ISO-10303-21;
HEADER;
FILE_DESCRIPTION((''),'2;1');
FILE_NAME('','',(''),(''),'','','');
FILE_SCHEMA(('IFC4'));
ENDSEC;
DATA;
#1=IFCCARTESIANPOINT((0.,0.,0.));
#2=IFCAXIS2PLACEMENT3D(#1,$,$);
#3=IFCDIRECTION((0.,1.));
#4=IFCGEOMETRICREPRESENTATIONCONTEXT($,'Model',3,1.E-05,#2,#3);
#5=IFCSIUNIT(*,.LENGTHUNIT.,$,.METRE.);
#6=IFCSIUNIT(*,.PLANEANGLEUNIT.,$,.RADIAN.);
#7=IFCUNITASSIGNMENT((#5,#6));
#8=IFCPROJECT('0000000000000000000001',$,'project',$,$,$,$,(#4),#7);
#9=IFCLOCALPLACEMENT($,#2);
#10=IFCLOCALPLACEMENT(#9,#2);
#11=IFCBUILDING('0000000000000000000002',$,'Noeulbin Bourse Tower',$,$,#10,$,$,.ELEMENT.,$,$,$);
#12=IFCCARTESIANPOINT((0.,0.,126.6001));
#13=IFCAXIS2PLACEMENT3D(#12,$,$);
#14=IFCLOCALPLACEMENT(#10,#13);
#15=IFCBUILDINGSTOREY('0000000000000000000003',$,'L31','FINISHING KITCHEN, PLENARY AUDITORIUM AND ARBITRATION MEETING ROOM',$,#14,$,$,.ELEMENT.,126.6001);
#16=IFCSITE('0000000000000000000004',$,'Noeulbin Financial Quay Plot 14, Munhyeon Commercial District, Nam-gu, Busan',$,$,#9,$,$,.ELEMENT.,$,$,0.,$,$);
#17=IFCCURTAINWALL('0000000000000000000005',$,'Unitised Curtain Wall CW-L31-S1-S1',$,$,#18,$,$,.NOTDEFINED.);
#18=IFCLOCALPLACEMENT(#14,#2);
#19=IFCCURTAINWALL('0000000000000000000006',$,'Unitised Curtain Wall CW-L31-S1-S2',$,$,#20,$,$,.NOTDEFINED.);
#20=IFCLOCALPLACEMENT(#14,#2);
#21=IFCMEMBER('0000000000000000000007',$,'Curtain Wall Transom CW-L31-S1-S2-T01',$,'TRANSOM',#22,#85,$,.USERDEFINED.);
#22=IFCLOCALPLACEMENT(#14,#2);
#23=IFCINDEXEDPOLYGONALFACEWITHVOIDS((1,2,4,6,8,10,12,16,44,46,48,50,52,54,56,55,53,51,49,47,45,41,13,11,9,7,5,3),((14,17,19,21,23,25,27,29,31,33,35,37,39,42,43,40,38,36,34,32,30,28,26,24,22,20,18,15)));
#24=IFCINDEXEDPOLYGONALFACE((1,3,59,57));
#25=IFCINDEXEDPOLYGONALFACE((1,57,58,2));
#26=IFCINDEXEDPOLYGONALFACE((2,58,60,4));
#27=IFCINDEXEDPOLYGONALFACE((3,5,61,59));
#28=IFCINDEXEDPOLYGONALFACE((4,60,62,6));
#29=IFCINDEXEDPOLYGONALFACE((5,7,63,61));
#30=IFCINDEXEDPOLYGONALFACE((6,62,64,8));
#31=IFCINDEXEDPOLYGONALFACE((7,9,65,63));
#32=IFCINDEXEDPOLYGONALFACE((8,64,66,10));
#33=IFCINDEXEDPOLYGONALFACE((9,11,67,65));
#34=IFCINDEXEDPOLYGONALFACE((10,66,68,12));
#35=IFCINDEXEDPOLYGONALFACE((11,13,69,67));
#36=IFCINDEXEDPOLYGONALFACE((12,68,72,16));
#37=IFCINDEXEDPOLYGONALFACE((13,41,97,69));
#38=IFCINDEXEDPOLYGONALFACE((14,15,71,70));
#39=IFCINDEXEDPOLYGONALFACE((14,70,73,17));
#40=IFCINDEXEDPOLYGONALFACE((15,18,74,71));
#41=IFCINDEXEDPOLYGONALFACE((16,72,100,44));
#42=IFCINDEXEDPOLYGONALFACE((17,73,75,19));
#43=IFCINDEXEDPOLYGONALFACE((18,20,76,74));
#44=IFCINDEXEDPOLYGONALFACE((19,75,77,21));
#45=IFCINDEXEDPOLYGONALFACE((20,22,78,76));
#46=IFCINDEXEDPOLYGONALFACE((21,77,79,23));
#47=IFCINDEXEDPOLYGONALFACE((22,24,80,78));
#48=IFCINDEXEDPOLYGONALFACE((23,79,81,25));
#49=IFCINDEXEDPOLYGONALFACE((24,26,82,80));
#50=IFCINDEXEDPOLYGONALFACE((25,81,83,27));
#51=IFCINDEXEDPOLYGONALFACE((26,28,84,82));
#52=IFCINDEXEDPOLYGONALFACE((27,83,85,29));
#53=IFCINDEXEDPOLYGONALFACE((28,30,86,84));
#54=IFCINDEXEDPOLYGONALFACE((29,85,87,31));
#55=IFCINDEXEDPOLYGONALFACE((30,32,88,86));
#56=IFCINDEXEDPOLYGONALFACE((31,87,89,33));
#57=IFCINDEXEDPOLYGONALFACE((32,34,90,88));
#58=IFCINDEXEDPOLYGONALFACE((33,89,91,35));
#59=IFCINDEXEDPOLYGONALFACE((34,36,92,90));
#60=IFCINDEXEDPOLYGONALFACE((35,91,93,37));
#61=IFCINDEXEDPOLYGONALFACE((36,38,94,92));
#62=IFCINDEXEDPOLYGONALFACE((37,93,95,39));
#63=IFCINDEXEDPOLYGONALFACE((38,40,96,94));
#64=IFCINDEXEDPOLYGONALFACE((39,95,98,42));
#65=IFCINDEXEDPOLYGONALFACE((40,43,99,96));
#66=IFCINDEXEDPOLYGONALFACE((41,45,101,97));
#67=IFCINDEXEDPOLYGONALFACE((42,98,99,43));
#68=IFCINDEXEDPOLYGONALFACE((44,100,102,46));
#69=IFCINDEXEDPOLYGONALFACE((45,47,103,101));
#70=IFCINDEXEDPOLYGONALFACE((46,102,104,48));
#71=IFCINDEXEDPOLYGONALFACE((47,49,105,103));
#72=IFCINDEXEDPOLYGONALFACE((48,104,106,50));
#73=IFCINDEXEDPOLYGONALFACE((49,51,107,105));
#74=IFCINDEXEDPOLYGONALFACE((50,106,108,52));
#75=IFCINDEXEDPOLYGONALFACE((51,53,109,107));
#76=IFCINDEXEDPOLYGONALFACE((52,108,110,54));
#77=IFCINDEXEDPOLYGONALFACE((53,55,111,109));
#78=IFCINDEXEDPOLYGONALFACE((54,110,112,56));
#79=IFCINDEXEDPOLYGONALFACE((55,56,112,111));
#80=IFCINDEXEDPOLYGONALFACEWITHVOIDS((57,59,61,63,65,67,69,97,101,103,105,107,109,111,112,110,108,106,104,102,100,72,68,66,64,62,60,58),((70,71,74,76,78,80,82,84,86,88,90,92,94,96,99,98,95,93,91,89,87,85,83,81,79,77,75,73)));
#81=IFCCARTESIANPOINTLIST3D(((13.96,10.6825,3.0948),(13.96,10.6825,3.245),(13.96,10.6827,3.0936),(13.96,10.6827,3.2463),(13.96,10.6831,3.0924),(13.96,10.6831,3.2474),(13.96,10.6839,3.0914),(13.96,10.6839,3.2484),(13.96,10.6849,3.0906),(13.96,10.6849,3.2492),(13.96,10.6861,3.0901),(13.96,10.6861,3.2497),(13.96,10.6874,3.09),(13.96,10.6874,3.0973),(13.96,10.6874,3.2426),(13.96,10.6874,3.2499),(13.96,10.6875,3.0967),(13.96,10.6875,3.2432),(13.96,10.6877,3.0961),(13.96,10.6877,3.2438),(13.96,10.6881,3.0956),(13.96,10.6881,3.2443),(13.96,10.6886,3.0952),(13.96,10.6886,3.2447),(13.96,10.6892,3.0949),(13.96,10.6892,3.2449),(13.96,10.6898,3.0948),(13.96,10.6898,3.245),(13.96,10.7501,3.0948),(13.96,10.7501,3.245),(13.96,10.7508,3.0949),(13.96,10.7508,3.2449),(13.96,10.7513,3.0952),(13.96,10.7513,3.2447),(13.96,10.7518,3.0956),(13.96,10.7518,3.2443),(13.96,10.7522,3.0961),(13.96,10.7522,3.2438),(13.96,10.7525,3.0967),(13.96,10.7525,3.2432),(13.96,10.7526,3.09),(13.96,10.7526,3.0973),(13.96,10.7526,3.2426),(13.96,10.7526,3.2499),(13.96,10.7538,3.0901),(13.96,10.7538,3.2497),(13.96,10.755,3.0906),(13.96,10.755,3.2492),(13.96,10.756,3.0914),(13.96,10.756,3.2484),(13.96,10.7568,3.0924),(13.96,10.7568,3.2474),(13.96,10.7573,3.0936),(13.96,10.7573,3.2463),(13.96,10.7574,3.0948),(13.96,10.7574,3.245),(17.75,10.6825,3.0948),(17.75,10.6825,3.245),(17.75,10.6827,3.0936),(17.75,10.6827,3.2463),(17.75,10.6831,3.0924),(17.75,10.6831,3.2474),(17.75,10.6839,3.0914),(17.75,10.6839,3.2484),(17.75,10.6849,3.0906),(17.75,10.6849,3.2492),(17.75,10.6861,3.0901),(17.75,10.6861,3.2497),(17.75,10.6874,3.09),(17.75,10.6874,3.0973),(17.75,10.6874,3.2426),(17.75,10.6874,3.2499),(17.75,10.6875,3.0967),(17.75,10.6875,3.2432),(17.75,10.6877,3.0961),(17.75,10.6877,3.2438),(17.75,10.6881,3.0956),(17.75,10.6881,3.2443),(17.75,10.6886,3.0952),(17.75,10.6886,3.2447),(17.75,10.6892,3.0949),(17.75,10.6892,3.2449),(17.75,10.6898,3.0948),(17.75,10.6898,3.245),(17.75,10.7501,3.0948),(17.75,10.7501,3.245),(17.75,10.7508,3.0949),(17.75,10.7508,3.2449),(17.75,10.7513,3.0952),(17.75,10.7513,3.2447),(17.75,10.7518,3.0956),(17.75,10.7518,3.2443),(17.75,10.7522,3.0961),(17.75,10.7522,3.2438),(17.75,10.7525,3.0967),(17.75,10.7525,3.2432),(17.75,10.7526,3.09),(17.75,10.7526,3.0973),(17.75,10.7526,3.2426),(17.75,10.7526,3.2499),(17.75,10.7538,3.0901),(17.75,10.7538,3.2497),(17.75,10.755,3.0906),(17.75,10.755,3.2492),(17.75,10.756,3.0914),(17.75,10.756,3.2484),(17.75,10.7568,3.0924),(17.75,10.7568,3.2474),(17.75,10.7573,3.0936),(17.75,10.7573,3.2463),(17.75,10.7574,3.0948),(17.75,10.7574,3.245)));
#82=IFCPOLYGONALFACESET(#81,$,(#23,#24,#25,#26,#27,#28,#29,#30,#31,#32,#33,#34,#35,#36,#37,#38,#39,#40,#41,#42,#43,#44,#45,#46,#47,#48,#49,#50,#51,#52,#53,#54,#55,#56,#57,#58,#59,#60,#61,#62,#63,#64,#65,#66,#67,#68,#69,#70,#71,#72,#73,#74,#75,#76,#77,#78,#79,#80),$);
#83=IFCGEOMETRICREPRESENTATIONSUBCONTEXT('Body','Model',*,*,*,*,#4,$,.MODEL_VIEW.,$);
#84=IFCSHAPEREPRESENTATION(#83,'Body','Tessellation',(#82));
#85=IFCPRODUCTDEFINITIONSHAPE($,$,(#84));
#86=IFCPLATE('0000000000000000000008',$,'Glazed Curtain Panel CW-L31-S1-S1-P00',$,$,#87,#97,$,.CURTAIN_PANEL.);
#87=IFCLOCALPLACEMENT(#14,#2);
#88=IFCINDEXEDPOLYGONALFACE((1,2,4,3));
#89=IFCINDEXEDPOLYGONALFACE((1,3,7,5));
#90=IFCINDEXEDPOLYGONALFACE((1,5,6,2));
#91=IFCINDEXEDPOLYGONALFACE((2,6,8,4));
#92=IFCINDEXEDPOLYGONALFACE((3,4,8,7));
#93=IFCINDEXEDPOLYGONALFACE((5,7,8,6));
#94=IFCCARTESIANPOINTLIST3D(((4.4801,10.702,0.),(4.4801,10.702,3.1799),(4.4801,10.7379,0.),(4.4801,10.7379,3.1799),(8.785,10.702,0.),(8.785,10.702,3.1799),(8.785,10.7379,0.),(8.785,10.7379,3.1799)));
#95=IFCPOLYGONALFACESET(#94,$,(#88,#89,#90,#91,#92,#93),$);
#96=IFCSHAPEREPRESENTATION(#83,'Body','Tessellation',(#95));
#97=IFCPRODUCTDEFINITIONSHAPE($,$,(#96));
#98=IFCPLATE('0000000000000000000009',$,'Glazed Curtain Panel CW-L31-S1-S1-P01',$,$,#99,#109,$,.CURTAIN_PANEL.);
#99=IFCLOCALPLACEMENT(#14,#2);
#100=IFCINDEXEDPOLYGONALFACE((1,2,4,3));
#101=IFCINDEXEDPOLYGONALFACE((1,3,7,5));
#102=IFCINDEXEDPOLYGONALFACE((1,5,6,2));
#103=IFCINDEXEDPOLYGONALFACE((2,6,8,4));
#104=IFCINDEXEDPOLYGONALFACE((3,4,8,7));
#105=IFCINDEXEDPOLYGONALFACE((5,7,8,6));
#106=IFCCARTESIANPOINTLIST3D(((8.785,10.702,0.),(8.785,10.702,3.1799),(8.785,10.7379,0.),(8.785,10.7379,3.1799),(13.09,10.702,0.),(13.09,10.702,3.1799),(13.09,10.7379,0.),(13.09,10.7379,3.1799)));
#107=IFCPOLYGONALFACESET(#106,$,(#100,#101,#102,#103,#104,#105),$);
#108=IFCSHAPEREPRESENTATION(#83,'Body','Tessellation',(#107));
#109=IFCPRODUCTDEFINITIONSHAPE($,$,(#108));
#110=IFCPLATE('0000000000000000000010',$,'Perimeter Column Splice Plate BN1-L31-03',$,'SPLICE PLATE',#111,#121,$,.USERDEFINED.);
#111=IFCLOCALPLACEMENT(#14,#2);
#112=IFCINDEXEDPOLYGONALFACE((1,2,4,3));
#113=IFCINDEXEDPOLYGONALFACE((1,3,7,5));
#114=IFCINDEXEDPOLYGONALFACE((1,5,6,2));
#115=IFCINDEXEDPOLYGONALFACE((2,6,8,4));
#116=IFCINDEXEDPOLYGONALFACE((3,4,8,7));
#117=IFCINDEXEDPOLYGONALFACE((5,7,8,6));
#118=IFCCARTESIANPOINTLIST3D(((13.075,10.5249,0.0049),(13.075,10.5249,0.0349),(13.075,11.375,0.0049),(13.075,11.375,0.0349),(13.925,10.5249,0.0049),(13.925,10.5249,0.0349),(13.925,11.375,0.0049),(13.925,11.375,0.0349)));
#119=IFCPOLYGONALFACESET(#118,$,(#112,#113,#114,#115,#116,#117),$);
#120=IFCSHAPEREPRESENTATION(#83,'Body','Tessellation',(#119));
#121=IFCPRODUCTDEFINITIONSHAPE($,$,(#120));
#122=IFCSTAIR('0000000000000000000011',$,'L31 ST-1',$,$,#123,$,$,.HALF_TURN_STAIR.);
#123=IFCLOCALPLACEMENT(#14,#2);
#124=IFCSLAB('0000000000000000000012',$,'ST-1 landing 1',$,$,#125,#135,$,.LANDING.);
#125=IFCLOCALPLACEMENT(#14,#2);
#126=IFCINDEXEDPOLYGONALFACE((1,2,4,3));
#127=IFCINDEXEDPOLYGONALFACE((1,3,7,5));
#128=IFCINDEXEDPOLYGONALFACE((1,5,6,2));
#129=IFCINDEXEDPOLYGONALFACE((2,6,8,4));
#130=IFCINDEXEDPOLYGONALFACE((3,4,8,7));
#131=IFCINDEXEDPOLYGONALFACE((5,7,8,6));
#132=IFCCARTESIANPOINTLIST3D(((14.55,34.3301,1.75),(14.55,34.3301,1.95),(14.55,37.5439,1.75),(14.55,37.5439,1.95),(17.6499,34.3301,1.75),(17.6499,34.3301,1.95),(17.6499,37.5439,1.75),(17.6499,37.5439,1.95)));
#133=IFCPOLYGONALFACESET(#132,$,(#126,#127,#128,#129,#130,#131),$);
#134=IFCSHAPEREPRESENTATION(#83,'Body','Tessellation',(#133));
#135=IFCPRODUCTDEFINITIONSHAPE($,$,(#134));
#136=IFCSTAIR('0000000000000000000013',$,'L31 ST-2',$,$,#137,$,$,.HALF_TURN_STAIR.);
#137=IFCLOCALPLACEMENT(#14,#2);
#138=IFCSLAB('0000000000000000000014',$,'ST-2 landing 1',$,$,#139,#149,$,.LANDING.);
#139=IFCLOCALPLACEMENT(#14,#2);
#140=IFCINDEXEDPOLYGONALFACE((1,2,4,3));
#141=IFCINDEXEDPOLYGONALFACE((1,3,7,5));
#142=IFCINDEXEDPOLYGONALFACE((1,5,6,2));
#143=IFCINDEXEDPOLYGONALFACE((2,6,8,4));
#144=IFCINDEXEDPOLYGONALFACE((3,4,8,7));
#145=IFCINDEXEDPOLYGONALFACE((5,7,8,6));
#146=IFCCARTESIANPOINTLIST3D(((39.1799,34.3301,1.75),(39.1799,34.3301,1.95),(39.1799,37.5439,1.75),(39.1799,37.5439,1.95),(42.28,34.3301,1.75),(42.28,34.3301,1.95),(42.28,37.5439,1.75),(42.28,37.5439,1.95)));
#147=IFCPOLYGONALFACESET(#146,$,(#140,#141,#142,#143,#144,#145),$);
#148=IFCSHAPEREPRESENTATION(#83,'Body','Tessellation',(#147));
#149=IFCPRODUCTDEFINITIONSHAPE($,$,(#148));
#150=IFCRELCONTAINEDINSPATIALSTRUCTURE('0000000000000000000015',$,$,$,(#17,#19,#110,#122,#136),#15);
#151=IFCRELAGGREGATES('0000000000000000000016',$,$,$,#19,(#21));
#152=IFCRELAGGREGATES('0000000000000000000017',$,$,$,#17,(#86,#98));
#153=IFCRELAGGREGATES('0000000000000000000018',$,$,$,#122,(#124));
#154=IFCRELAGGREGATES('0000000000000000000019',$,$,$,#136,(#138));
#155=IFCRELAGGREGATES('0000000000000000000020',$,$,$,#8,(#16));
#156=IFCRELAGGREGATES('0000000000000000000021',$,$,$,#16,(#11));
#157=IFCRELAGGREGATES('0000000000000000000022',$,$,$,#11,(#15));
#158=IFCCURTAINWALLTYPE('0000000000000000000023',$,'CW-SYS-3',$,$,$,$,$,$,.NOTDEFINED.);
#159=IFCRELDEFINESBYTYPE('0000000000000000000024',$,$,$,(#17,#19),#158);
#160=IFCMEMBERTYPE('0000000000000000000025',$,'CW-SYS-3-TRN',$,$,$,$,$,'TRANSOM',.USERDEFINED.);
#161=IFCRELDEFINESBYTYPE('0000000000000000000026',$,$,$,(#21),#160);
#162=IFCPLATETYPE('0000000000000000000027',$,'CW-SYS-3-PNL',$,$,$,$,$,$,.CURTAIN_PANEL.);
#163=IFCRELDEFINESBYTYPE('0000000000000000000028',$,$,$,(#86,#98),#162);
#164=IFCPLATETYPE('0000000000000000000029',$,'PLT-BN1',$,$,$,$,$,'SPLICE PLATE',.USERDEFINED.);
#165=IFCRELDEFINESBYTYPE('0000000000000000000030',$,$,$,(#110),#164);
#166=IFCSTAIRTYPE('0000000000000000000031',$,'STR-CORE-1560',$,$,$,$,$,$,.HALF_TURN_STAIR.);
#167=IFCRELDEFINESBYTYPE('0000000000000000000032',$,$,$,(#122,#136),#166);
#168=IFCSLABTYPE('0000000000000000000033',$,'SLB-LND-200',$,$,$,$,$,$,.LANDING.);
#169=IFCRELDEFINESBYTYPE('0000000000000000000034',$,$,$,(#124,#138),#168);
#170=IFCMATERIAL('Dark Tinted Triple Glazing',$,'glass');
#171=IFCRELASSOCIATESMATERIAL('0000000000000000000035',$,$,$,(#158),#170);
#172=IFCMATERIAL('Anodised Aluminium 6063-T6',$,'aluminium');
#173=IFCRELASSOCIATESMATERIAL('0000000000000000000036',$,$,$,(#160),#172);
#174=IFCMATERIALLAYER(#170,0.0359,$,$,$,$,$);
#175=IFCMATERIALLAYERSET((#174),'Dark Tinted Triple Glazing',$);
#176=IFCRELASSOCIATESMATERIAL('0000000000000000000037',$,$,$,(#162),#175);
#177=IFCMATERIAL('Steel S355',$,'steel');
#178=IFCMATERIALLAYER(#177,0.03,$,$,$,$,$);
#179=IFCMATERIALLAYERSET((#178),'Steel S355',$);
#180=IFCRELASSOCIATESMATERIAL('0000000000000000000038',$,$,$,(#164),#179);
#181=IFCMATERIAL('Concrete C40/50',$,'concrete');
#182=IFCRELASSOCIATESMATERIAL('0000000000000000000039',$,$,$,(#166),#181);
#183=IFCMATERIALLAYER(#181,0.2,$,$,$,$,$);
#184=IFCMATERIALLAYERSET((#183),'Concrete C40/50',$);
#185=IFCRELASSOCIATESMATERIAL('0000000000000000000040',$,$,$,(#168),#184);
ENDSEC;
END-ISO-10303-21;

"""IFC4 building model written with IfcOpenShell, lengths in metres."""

from ifc_helpers import new_model, si_unit, direction, frame, origin, origin_2d, place, context, subcontext, project, spatial, polyline, rectangle, hollow_rectangle, outline, extrude, material, layer, layer_set, material_profile, profile_set, type_object, element, aggregate, save


model = new_model("IFC4")

# Units and contexts
model_context = context("Model", 3, precision=1e-05, world=origin(), true_north=direction((0.0, 1.0)))
body_context = subcontext(model_context, "Body", "Model", "MODEL_VIEW")
ifc_project = project(units=[si_unit("LENGTHUNIT", "METRE"), si_unit("PLANEANGLEUNIT", "RADIAN")], contexts=[model_context])

# Site, building, storey
site_placement = place(None, origin())
site = spatial("IfcSite", under=ifc_project, at=site_placement, Name="Noeulbin Financial Quay Plot 14, Munhyeon Commercial District, Nam-gu, Busan", CompositionType="ELEMENT", RefElevation=0.0)
building_placement = place(site_placement, origin())
building = spatial("IfcBuilding", under=site, at=building_placement, Name="Noeulbin Bourse Tower", CompositionType="ELEMENT")
storey_placement = place(building_placement, frame((0.0, 0.0, 126.6001)))
storey = spatial("IfcBuildingStorey", under=building, at=storey_placement, Name="L31", Description="FINISHING KITCHEN, PLENARY AUDITORIUM AND ARBITRATION MEETING ROOM", CompositionType="ELEMENT", Elevation=126.6001)

# Shared definitions
ifc_material_1 = material(Name="Steel S355", Category="steel")

# Curtain wall
ifc_material_2 = material(Name="Dark Tinted Triple Glazing", Category="glass")
curtain_wall_type = type_object("IfcCurtainWallType", Name="CW-SYS-3", PredefinedType="NOTDEFINED", material=ifc_material_2)
curtain_wall_1_placement = place(storey_placement, origin())
curtain_wall_1 = element("IfcCurtainWall", 1, at=curtain_wall_1_placement, inside=storey, type_object=curtain_wall_type, Name="Unitised Curtain Wall CW-L31-S1-S1", PredefinedType="NOTDEFINED")
ifc_material_3 = material(Name="Anodised Aluminium 6063-T6", Category="aluminium")

# Curtain wall
curtain_wall_2_placement = place(storey_placement, origin())
curtain_wall_2 = element("IfcCurtainWall", 2, at=curtain_wall_2_placement, inside=storey, type_object=curtain_wall_type, Name="Unitised Curtain Wall CW-L31-S1-S2", PredefinedType="NOTDEFINED")

# Member
ifc_material_profile_1 = material_profile(ifc_material_3, hollow_rectangle(XDim=0.075, YDim=0.1599, WallThickness=0.0049, InnerFilletRadius=0.0024, OuterFilletRadius=0.0049, at=origin_2d()), Name="ALU-TRAN-75x160x5", Category="LoadBearing")
ifc_profile_set_1 = profile_set([ifc_material_profile_1], Name="Anodised Aluminium 6063-T6")
member_type_1 = type_object("IfcMemberType", Name="CW-SYS-3-TRN", ElementType="TRANSOM", PredefinedType="USERDEFINED", material=ifc_profile_set_1)
member_1_placement = place(storey_placement, frame((13.96, 10.72, 3.1699), z_axis=(1.0, 0.0, 0.0), x_axis=(0.0, 1.0, 0.0)))
member_1 = element("IfcMember", 3, at=member_1_placement, type_object=member_type_1, Name="Curtain Wall Transom CW-L31-S1-S2-T01", ObjectType="TRANSOM", PredefinedType="USERDEFINED", context=body_context, shape_type="SweptSolid", body=[
    extrude(hollow_rectangle(XDim=0.075, YDim=0.1599, WallThickness=0.0049, InnerFilletRadius=0.0024, OuterFilletRadius=0.0049, at=origin_2d()), origin(), (0.0, 0.0, 1.0), 3.79),
])
aggregate(curtain_wall_2, [member_1])

# Plates
ifc_layer_1 = layer(ifc_material_2, 0.0359)
ifc_layer_set_1 = layer_set([ifc_layer_1], Name="Dark Tinted Triple Glazing")
plate_type_1 = type_object("IfcPlateType", Name="CW-SYS-3-PNL", PredefinedType="CURTAIN_PANEL", material=ifc_layer_set_1)
plate_1_placement = place(storey_placement, frame((6.6326, 10.72, 0.0), z_axis=(0.0, 0.0, 1.0), x_axis=(1.0, 0.0, 0.0)))
plate_1 = element("IfcPlate", 4, at=plate_1_placement, type_object=plate_type_1, Name="Glazed Curtain Panel CW-L31-S1-S1-P00", PredefinedType="CURTAIN_PANEL", context=body_context, shape_type="SweptSolid", body=[
    extrude(rectangle(XDim=4.3049, YDim=0.0359, at=origin_2d()), origin(), (0.0, 0.0, 1.0), 3.1799),
])
plate_2_placement = place(storey_placement, frame((10.9375, 10.72, 0.0), z_axis=(0.0, 0.0, 1.0), x_axis=(1.0, 0.0, 0.0)))
plate_2 = element("IfcPlate", 5, at=plate_2_placement, type_object=plate_type_1, Name="Glazed Curtain Panel CW-L31-S1-S1-P01", PredefinedType="CURTAIN_PANEL", context=body_context, shape_type="SweptSolid", body=[
    extrude(rectangle(XDim=4.3049, YDim=0.0359, at=origin_2d()), origin(), (0.0, 0.0, 1.0), 3.1799),
])
aggregate(curtain_wall_1, [plate_1, plate_2])
ifc_layer_2 = layer(ifc_material_1, 0.03)
ifc_layer_set_2 = layer_set([ifc_layer_2], Name="Steel S355")
plate_type_2 = type_object("IfcPlateType", Name="PLT-BN1", ElementType="SPLICE PLATE", PredefinedType="USERDEFINED", material=ifc_layer_set_2)
plate_3_placement = place(storey_placement, frame((13.5, 10.95, 0.0049), z_axis=(0.0, 0.0, 1.0), x_axis=(1.0, 0.0, 0.0)))
element("IfcPlate", 6, at=plate_3_placement, inside=storey, type_object=plate_type_2, Name="Perimeter Column Splice Plate BN1-L31-03", ObjectType="SPLICE PLATE", PredefinedType="USERDEFINED", context=body_context, shape_type="SweptSolid", body=[
    extrude(rectangle(XDim=0.8501, YDim=0.8501, at=origin_2d()), origin(), (0.0, 0.0, 1.0), 0.03),
])

# Stairs, slabs
ifc_material_4 = material(Name="Concrete C40/50", Category="concrete")
stair_type = type_object("IfcStairType", Name="STR-CORE-1560", PredefinedType="HALF_TURN_STAIR", material=ifc_material_4)
stair_1_placement = place(storey_placement, origin())
stair_1 = element("IfcStair", 7, at=stair_1_placement, inside=storey, type_object=stair_type, Name="L31 ST-1", PredefinedType="HALF_TURN_STAIR")
ifc_layer_3 = layer(ifc_material_4, 0.2)
ifc_layer_set_3 = layer_set([ifc_layer_3], Name="Concrete C40/50")
slab_type_1 = type_object("IfcSlabType", Name="SLB-LND-200", PredefinedType="LANDING", material=ifc_layer_set_3)
slab_1_placement = place(storey_placement, frame((0.0, 0.0, 1.75)))
slab_1 = element("IfcSlab", 8, at=slab_1_placement, type_object=slab_type_1, Name="ST-1 landing 1", PredefinedType="LANDING", context=body_context, shape_type="SweptSolid", body=[
    extrude(outline(polyline([(17.6499, 34.3301), (17.6499, 37.5439), (14.55, 37.5439), (14.55, 34.3301), (17.6499, 34.3301)])), origin(), (0.0, 0.0, 1.0), 0.2),
])
aggregate(stair_1, [slab_1])
stair_2_placement = place(storey_placement, origin())
stair_2 = element("IfcStair", 9, at=stair_2_placement, inside=storey, type_object=stair_type, Name="L31 ST-2", PredefinedType="HALF_TURN_STAIR")
slab_2_placement = place(storey_placement, frame((0.0, 0.0, 1.75)))
slab_2 = element("IfcSlab", 10, at=slab_2_placement, type_object=slab_type_1, Name="ST-2 landing 1", PredefinedType="LANDING", context=body_context, shape_type="SweptSolid", body=[
    extrude(outline(polyline([(42.28, 34.3301), (42.28, 37.5439), (39.1799, 37.5439), (39.1799, 34.3301), (42.28, 34.3301)])), origin(), (0.0, 0.0, 1.0), 0.2),
])
aggregate(stair_2, [slab_2])

save(model, "model.ifc")
